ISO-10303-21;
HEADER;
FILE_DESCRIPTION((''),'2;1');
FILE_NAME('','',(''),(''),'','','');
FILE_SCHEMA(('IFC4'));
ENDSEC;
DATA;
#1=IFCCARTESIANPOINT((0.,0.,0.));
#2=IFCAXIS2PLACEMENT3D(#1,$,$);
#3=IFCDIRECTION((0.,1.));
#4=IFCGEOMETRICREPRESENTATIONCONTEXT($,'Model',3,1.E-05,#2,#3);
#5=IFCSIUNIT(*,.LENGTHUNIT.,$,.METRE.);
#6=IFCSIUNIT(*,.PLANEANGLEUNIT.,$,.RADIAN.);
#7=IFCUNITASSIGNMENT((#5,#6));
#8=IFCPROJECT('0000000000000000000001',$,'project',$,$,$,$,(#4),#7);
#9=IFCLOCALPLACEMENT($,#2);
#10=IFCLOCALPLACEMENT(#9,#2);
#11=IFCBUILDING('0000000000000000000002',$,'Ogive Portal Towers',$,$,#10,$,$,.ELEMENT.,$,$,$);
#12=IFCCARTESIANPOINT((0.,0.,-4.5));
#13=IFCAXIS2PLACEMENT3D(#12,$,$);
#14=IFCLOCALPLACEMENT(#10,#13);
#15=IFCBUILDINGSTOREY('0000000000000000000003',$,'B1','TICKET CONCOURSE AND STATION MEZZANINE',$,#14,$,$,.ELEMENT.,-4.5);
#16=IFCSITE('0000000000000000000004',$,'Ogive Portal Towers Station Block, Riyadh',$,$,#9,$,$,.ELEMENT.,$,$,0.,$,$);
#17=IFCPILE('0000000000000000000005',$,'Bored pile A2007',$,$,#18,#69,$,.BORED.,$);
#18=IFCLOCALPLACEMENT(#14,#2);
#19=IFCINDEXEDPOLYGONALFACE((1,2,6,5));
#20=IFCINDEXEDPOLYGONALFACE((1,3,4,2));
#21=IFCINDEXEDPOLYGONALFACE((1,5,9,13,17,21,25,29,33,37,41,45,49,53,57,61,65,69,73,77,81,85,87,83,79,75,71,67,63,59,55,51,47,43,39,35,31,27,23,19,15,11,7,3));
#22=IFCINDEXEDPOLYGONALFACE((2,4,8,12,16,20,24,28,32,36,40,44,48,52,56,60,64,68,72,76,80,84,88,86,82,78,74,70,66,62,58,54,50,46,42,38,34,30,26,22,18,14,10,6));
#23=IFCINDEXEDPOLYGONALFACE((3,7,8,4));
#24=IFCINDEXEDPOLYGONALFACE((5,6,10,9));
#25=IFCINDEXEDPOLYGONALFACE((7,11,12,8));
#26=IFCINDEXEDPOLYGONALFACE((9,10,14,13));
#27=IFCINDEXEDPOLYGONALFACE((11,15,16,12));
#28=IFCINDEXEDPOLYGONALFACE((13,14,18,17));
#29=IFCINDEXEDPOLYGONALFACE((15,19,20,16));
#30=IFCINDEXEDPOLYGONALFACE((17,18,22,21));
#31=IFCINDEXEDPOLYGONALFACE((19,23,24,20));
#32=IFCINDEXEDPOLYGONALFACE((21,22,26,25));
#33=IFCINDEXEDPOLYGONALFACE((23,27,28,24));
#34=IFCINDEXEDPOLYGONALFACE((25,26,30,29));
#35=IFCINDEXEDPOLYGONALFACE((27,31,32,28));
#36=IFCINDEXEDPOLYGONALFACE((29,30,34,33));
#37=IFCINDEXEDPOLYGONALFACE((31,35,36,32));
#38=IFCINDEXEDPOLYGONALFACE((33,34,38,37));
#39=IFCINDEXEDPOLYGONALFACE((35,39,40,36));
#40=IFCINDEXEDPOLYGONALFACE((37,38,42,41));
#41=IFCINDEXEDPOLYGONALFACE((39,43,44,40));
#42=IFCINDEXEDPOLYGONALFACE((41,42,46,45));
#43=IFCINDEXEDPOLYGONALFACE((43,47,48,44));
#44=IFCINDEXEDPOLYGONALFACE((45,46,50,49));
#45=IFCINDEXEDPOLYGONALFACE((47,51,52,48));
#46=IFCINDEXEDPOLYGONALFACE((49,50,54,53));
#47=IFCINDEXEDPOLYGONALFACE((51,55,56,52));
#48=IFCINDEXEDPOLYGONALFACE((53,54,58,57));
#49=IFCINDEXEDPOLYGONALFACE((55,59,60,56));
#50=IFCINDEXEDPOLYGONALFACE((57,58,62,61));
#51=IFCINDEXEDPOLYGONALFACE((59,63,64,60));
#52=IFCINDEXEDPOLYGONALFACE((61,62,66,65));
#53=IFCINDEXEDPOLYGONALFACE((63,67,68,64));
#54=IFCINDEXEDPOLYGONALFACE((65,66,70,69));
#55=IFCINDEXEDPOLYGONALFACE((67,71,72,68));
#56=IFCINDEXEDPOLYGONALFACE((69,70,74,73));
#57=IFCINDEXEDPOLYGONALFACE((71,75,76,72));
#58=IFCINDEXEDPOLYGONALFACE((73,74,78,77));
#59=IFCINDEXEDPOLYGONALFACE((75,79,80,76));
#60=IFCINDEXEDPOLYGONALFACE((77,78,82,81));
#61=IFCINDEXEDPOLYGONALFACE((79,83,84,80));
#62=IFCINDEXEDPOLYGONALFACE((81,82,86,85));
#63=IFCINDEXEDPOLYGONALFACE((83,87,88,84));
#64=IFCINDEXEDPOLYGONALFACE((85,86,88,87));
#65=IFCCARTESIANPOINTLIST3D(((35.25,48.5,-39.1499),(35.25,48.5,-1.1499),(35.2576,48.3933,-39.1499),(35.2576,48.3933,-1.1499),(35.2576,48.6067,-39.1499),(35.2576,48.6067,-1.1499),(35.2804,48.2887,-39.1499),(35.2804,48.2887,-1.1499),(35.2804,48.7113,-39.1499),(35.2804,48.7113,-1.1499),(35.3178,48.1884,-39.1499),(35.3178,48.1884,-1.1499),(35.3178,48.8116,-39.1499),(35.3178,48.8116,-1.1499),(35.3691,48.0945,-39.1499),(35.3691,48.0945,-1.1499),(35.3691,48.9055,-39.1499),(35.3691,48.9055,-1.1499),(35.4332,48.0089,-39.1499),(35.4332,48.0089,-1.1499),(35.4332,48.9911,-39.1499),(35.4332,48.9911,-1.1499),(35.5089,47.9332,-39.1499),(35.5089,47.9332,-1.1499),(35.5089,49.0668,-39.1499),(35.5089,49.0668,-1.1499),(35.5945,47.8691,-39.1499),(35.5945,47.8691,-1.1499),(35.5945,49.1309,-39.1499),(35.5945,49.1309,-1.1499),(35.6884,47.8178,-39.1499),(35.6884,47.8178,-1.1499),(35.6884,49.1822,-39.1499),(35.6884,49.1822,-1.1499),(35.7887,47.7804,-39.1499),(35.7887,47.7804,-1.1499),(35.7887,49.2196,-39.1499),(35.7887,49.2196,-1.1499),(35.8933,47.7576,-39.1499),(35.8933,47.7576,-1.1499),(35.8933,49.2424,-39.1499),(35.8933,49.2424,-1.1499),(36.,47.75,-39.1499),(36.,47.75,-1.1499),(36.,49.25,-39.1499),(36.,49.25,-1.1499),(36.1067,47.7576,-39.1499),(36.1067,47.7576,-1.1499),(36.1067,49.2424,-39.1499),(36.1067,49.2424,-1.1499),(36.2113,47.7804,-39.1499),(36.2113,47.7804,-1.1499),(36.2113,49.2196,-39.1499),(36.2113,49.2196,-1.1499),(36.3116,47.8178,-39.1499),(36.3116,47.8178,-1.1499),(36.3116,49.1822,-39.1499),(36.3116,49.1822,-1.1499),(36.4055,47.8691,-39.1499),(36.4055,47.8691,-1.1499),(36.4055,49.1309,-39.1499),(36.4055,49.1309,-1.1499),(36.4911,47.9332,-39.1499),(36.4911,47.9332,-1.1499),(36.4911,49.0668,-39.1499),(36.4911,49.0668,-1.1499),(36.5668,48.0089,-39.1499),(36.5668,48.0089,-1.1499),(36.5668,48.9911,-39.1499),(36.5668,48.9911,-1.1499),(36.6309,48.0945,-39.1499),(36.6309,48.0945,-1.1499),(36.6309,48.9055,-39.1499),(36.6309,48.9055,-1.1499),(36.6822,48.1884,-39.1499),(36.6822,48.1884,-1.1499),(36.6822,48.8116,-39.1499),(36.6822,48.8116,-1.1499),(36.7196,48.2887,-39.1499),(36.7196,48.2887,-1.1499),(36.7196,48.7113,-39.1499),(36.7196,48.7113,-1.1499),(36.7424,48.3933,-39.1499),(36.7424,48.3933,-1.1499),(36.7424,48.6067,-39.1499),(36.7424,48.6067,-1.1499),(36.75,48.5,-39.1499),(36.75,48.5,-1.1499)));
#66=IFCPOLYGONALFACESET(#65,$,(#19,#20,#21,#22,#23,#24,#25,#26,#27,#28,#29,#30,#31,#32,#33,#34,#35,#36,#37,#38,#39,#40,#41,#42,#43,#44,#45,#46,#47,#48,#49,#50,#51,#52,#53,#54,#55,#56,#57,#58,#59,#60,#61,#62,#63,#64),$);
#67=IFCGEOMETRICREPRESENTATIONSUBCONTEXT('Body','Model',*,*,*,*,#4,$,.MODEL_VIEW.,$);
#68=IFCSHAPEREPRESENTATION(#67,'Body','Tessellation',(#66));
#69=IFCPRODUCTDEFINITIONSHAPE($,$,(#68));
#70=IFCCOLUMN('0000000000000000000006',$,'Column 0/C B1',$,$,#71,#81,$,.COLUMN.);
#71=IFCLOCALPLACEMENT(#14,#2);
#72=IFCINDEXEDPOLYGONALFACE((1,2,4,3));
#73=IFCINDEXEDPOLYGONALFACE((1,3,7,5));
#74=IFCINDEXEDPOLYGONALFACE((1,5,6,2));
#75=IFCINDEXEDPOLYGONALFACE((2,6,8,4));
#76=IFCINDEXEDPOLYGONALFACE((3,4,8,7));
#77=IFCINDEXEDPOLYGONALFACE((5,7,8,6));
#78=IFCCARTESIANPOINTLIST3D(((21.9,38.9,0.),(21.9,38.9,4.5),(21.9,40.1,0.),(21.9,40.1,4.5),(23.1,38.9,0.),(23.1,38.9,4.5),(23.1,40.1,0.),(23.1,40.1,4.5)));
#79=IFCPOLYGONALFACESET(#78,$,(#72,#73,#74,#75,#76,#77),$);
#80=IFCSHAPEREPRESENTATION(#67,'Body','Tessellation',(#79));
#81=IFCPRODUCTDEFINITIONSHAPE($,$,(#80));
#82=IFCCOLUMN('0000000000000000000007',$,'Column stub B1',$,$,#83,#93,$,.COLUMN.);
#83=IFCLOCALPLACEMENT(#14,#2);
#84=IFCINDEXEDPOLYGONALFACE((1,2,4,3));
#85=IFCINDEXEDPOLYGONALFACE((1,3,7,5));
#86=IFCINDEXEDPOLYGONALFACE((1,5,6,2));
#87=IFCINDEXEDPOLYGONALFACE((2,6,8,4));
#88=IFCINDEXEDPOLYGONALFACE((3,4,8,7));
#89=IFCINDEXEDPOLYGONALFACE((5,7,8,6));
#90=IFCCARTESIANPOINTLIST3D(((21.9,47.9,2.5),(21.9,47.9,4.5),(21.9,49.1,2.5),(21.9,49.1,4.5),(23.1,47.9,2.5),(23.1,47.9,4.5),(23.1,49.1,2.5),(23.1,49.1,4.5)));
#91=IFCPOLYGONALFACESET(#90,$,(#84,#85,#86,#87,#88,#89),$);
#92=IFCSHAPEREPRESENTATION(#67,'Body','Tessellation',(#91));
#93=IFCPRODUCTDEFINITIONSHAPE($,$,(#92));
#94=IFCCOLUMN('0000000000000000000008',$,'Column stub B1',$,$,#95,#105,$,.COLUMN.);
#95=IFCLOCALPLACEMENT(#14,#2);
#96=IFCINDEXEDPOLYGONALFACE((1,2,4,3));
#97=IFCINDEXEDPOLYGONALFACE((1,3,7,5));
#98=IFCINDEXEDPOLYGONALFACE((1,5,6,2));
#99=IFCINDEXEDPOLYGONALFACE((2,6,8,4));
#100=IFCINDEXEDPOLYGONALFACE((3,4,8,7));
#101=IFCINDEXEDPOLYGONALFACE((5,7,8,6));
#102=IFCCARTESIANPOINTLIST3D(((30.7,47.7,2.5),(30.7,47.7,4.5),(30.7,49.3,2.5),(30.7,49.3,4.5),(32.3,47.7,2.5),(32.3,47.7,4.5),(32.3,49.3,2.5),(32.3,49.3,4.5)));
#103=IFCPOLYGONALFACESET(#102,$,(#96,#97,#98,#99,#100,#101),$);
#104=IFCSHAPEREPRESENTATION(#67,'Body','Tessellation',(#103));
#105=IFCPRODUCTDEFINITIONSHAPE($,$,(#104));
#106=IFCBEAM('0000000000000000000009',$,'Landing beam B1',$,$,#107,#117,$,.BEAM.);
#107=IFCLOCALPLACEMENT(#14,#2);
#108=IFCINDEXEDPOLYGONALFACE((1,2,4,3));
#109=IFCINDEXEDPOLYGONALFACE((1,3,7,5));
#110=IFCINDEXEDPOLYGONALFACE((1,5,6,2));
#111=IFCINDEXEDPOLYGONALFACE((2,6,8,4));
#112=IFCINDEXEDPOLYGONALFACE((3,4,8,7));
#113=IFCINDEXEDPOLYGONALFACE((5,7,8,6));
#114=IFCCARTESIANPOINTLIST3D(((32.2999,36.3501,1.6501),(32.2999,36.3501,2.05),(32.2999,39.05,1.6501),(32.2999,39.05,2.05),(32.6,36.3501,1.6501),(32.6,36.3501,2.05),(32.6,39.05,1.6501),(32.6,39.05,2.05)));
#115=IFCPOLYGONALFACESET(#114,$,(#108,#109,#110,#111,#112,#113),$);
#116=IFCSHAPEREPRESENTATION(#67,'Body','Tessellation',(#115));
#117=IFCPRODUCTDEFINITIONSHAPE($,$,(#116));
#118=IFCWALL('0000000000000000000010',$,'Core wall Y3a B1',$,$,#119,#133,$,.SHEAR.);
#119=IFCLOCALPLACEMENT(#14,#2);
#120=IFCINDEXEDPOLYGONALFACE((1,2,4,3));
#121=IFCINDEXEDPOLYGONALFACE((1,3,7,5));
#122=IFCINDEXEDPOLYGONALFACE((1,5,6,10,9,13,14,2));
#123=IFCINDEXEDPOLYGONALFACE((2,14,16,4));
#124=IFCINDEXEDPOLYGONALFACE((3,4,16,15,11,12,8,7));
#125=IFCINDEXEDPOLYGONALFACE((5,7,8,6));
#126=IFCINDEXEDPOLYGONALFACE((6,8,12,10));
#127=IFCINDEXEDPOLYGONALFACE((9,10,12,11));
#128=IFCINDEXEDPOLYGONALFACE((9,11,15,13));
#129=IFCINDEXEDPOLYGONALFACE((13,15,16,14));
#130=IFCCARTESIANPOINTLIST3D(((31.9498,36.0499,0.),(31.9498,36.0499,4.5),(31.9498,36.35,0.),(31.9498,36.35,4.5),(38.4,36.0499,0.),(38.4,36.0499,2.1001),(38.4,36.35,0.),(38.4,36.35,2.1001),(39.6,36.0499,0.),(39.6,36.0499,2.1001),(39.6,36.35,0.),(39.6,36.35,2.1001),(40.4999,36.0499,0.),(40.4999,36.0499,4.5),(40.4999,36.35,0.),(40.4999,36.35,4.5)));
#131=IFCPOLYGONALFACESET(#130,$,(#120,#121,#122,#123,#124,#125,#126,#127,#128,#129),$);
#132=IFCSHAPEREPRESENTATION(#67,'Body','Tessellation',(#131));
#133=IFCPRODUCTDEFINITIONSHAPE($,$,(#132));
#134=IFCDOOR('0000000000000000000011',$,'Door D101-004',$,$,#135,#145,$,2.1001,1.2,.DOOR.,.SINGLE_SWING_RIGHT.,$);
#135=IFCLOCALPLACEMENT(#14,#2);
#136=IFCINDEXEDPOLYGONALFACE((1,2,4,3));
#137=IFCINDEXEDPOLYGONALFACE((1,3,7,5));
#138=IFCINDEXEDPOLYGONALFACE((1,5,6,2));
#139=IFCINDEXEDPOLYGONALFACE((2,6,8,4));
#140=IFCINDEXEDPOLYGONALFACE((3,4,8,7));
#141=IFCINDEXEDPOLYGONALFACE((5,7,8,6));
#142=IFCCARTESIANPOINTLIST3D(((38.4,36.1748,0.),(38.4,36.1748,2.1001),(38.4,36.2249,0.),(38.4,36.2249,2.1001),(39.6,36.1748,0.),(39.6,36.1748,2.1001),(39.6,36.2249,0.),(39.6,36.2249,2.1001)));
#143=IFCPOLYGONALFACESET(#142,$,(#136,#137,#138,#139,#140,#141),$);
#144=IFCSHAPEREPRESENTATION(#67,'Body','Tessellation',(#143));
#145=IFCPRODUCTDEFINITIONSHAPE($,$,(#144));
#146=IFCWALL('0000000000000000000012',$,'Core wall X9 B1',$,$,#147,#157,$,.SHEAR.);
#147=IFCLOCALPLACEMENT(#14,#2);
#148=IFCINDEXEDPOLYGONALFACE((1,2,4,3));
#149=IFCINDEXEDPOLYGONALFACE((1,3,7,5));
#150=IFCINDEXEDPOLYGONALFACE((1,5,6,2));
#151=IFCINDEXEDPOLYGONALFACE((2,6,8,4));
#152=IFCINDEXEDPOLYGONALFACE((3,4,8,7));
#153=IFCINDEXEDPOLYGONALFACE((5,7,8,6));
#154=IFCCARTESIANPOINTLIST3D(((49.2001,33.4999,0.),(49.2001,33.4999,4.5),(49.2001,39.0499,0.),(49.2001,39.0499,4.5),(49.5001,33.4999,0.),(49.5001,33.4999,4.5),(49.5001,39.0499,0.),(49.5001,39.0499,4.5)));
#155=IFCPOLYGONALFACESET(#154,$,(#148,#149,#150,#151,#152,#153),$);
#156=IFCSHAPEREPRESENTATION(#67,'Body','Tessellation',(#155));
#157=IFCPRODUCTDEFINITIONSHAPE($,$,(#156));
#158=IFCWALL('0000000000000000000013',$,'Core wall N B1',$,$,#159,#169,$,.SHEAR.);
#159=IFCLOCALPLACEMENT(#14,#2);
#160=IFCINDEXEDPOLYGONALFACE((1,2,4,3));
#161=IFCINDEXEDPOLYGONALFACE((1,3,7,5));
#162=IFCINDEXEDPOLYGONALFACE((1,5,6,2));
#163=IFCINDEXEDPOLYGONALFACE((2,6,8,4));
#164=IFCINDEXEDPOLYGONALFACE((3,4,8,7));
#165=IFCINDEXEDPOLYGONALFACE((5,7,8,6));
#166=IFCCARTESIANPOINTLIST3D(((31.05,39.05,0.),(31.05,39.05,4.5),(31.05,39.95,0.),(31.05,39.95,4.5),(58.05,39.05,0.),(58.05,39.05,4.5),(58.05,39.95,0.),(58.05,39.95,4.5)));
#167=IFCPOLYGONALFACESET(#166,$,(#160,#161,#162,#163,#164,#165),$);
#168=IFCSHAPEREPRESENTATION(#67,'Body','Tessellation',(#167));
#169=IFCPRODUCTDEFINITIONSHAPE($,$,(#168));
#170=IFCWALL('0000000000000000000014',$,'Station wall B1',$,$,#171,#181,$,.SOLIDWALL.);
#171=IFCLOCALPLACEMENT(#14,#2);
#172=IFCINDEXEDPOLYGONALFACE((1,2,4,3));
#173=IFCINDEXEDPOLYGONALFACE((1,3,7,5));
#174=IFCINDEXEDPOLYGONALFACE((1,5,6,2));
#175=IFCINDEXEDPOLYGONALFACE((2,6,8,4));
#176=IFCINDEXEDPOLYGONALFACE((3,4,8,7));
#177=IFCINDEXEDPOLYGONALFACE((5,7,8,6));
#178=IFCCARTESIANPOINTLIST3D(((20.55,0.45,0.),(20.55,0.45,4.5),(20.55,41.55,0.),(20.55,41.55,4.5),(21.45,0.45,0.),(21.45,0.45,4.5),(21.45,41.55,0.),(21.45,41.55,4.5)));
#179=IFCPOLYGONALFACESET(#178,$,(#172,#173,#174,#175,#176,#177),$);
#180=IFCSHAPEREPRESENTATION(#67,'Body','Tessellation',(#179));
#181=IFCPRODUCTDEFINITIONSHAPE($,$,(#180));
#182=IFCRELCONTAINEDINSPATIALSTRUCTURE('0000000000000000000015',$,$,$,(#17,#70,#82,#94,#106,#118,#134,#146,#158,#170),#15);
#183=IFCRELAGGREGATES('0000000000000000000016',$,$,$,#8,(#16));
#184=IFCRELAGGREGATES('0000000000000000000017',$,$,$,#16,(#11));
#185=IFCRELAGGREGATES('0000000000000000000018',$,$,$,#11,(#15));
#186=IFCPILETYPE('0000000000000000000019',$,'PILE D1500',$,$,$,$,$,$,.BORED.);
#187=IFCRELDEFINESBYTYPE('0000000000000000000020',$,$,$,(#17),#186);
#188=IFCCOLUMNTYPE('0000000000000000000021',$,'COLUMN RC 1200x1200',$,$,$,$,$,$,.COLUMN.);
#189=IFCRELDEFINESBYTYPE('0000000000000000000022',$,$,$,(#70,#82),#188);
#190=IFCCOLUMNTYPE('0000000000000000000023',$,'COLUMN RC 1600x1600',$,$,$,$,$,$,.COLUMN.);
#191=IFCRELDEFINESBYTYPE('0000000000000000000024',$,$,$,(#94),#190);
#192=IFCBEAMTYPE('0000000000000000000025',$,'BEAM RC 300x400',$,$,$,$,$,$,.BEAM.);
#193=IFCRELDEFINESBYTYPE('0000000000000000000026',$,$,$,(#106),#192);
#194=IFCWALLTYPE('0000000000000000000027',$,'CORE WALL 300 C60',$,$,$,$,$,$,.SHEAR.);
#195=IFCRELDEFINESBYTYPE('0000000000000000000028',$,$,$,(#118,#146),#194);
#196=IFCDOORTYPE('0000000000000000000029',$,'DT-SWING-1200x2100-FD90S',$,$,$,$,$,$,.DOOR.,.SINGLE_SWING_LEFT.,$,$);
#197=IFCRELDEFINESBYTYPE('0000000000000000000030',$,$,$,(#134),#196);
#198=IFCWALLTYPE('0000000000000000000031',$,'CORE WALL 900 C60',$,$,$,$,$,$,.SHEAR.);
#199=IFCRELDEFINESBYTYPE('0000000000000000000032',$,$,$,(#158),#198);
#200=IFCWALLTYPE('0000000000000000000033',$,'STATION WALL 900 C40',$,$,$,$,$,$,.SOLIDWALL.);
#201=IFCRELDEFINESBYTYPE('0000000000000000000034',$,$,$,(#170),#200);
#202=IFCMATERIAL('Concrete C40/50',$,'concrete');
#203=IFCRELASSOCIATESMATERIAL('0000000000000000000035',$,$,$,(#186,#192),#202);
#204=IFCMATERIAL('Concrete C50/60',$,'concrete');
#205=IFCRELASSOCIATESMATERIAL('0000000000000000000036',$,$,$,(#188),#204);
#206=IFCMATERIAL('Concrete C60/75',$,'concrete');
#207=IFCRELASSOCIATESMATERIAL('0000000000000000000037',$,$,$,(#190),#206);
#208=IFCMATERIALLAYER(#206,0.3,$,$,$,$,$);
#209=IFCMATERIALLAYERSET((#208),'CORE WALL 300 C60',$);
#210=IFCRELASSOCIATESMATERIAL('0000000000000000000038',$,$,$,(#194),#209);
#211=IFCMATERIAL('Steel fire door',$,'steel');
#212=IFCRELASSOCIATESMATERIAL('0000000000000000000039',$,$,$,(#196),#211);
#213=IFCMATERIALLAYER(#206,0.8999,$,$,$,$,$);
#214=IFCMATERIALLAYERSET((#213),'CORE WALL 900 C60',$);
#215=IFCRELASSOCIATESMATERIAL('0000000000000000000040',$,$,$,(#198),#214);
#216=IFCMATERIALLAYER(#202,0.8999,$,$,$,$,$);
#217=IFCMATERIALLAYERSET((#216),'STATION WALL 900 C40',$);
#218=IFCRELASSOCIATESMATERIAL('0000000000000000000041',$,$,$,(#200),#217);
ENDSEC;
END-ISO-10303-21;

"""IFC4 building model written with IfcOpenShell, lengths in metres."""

from ifc_helpers import new_model, si_unit, direction, frame, frame_2d, origin, origin_2d, place, context, subcontext, project, spatial, rectangle, circle, extrude, material, layer, layer_set, material_profile, profile_set, type_object, element, fill, save


model = new_model("IFC4")

# Units and contexts
model_context = context("Model", 3, precision=1e-05, world=origin(), true_north=direction((0.0, 1.0)))
body_context = subcontext(model_context, "Body", "Model", "MODEL_VIEW")
ifc_project = project(units=[si_unit("LENGTHUNIT", "METRE"), si_unit("PLANEANGLEUNIT", "RADIAN")], contexts=[model_context])

# Site, building, storey
site_placement = place(None, origin())
site = spatial("IfcSite", under=ifc_project, at=site_placement, Name="Ogive Portal Towers Station Block, Riyadh", CompositionType="ELEMENT", RefElevation=0.0)
building_placement = place(site_placement, origin())
building = spatial("IfcBuilding", under=site, at=building_placement, Name="Ogive Portal Towers", CompositionType="ELEMENT")
storey_placement = place(building_placement, frame((0.0, 0.0, -4.5)))
storey = spatial("IfcBuildingStorey", under=building, at=storey_placement, Name="B1", Description="TICKET CONCOURSE AND STATION MEZZANINE", CompositionType="ELEMENT", Elevation=-4.5)

# Pile
ifc_material_1 = material(Name="Concrete C40/50", Category="concrete")
ifc_material_profile_1 = material_profile(ifc_material_1, circle(Radius=0.75, at=origin_2d()), Name="PILE D1500")
ifc_profile_set_1 = profile_set([ifc_material_profile_1], Name="Concrete C40/50")
pile_type = type_object("IfcPileType", Name="PILE D1500", PredefinedType="BORED", material=ifc_profile_set_1)
for number, where, z_axis, x_axis, name in (
    (1, (36.0, 48.5, -1.1499), (0.0, 0.0, -1.0), (1.0, 0.0, 0.0), "Bored pile A2007"),
):
    element("IfcPile", number, at=place(storey_placement, frame(where, z_axis=z_axis, x_axis=x_axis)), inside=storey, type_object=pile_type, Name=name, PredefinedType="BORED", context=body_context, shape_type="SweptSolid", body=[
        extrude(circle(Radius=0.75, at=origin_2d()), origin(), (0.0, 0.0, 1.0), 38.0),
    ])

# Columns
ifc_material_2 = material(Name="Concrete C50/60", Category="concrete")
ifc_material_profile_2 = material_profile(ifc_material_2, rectangle(XDim=1.2, YDim=1.2, at=origin_2d()), Name="RC 1200x1200")
ifc_profile_set_2 = profile_set([ifc_material_profile_2], Name="Concrete C50/60")
column_type_1 = type_object("IfcColumnType", Name="COLUMN RC 1200x1200", PredefinedType="COLUMN", material=ifc_profile_set_2)
column_1_placement = place(storey_placement, frame((22.5, 39.5, 0.0), z_axis=(0.0, 0.0, 1.0), x_axis=(1.0, 0.0, 0.0)))
element("IfcColumn", 2, at=column_1_placement, inside=storey, type_object=column_type_1, Name="Column 0/C B1", PredefinedType="COLUMN", context=body_context, shape_type="SweptSolid", body=[
    extrude(rectangle(XDim=1.2, YDim=1.2, at=origin_2d()), origin(), (0.0, 0.0, 1.0), 4.5),
])
column_2_placement = place(storey_placement, frame((22.5, 48.5, 2.5), z_axis=(0.0, 0.0, 1.0), x_axis=(1.0, 0.0, 0.0)))
element("IfcColumn", 3, at=column_2_placement, inside=storey, type_object=column_type_1, Name="Column stub B1", PredefinedType="COLUMN", context=body_context, shape_type="SweptSolid", body=[
    extrude(rectangle(XDim=1.2, YDim=1.2, at=origin_2d()), origin(), (0.0, 0.0, 1.0), 2.0),
])
ifc_material_3 = material(Name="Concrete C60/75", Category="concrete")
ifc_material_profile_3 = material_profile(ifc_material_3, rectangle(XDim=1.6001, YDim=1.6001, at=origin_2d()), Name="RC 1600x1600")
ifc_profile_set_3 = profile_set([ifc_material_profile_3], Name="Concrete C60/75")
column_type_2 = type_object("IfcColumnType", Name="COLUMN RC 1600x1600", PredefinedType="COLUMN", material=ifc_profile_set_3)
column_3_placement = place(storey_placement, frame((31.5, 48.5, 2.5), z_axis=(0.0, 0.0, 1.0), x_axis=(1.0, 0.0, 0.0)))
element("IfcColumn", 4, at=column_3_placement, inside=storey, type_object=column_type_2, Name="Column stub B1", PredefinedType="COLUMN", context=body_context, shape_type="SweptSolid", body=[
    extrude(rectangle(XDim=1.6001, YDim=1.6001, at=origin_2d()), origin(), (0.0, 0.0, 1.0), 2.0),
])

# Beam
ifc_material_profile_4 = material_profile(ifc_material_1, rectangle(XDim=0.3, YDim=0.3999, at=origin_2d()), Name="RC 300x400")
ifc_profile_set_4 = profile_set([ifc_material_profile_4], Name="Concrete C40/50")
beam_type = type_object("IfcBeamType", Name="BEAM RC 300x400", PredefinedType="BEAM", material=ifc_profile_set_4)
beam_placement = place(storey_placement, frame((32.45, 36.3501, 1.8501), z_axis=(0.0, 1.0, 0.0), x_axis=(-1.0, 0.0, 0.0)))
element("IfcBeam", 5, at=beam_placement, inside=storey, type_object=beam_type, Name="Landing beam B1", PredefinedType="BEAM", context=body_context, shape_type="SweptSolid", body=[
    extrude(rectangle(XDim=0.3, YDim=0.3999, at=origin_2d()), origin(), (0.0, 0.0, 1.0), 2.7),
])

# Wall, opening, door
ifc_layer_1 = layer(ifc_material_3, 0.3)
ifc_layer_set_1 = layer_set([ifc_layer_1], Name="CORE WALL 300 C60")
wall_type_1 = type_object("IfcWallType", Name="CORE WALL 300 C60", PredefinedType="SHEAR", material=ifc_layer_set_1)
wall_1_placement = place(storey_placement, frame((31.95, 36.2, 0.0), z_axis=(0.0, 0.0, 1.0), x_axis=(1.0, 0.0, 0.0)))
wall_1 = element("IfcWall", 6, at=wall_1_placement, inside=storey, type_object=wall_type_1, Name="Core wall Y3a B1", PredefinedType="SHEAR", context=body_context, shape_type="SweptSolid", body=[
    extrude(rectangle(XDim=8.55, YDim=0.3, at=frame_2d((4.2749, 0.0))), origin(), (0.0, 0.0, 1.0), 4.5),
])
opening_1_placement = place(wall_1_placement, frame((6.45, 0.0, 0.0)))
opening_1 = element("IfcOpeningElement", 7, at=opening_1_placement, cuts=wall_1, PredefinedType="OPENING", context=body_context, shape_type="SweptSolid", body=[
    extrude(rectangle(XDim=1.2, YDim=2.1001, at=frame_2d((0.6001, 1.05))), frame((0.0, 0.1602, 0.0), z_axis=(0.0, -1.0, 0.0), x_axis=(1.0, 0.0, 0.0)), (0.0, 0.0, 1.0), 0.3201),
])
ifc_material_4 = material(Name="Steel fire door", Category="steel")
door_type_1 = type_object("IfcDoorType", Name="DT-SWING-1200x2100-FD90S", OperationType="SINGLE_SWING_LEFT", PredefinedType="DOOR", material=ifc_material_4)
door_1_placement = place(opening_1_placement, origin())
door_1 = element("IfcDoor", 8, at=door_1_placement, inside=storey, type_object=door_type_1, Name="Door D101-004", OperationType="SINGLE_SWING_RIGHT", OverallHeight=2.1001, OverallWidth=1.2, PredefinedType="DOOR", context=body_context, shape_type="SweptSolid", body=[
    extrude(rectangle(XDim=1.2, YDim=2.1001, at=frame_2d((0.6001, 1.05))), frame((0.0, 0.0249, 0.0), z_axis=(0.0, -1.0, 0.0), x_axis=(1.0, 0.0, 0.0)), (0.0, 0.0, 1.0), 0.05),
])
fill(opening_1, door_1)

# Walls
wall_2_placement = place(storey_placement, frame((49.3501, 33.5, 0.0), z_axis=(0.0, 0.0, 1.0), x_axis=(0.0, 1.0, 0.0)))
element("IfcWall", 9, at=wall_2_placement, inside=storey, type_object=wall_type_1, Name="Core wall X9 B1", PredefinedType="SHEAR", context=body_context, shape_type="SweptSolid", body=[
    extrude(rectangle(XDim=5.55, YDim=0.3, at=frame_2d((2.7749, 0.0))), origin(), (0.0, 0.0, 1.0), 4.5),
])
ifc_layer_2 = layer(ifc_material_3, 0.8999)
ifc_layer_set_2 = layer_set([ifc_layer_2], Name="CORE WALL 900 C60")
wall_type_2 = type_object("IfcWallType", Name="CORE WALL 900 C60", PredefinedType="SHEAR", material=ifc_layer_set_2)
wall_3_placement = place(storey_placement, frame((31.05, 39.5, 0.0), z_axis=(0.0, 0.0, 1.0), x_axis=(1.0, 0.0, 0.0)))
element("IfcWall", 10, at=wall_3_placement, inside=storey, type_object=wall_type_2, Name="Core wall N B1", PredefinedType="SHEAR", context=body_context, shape_type="SweptSolid", body=[
    extrude(rectangle(XDim=27.0, YDim=0.8999, at=frame_2d((13.5, 0.0))), origin(), (0.0, 0.0, 1.0), 4.5),
])
ifc_layer_3 = layer(ifc_material_1, 0.8999)
ifc_layer_set_3 = layer_set([ifc_layer_3], Name="STATION WALL 900 C40")
wall_type_3 = type_object("IfcWallType", Name="STATION WALL 900 C40", PredefinedType="SOLIDWALL", material=ifc_layer_set_3)
wall_4_placement = place(storey_placement, frame((21.0, 41.55, 0.0), z_axis=(0.0, 0.0, 1.0), x_axis=(0.0, -1.0, 0.0)))
element("IfcWall", 11, at=wall_4_placement, inside=storey, type_object=wall_type_3, Name="Station wall B1", PredefinedType="SOLIDWALL", context=body_context, shape_type="SweptSolid", body=[
    extrude(rectangle(XDim=41.1001, YDim=0.8999, at=frame_2d((20.55, 0.0))), origin(), (0.0, 0.0, 1.0), 4.5),
])

save(model, "model.ifc")
